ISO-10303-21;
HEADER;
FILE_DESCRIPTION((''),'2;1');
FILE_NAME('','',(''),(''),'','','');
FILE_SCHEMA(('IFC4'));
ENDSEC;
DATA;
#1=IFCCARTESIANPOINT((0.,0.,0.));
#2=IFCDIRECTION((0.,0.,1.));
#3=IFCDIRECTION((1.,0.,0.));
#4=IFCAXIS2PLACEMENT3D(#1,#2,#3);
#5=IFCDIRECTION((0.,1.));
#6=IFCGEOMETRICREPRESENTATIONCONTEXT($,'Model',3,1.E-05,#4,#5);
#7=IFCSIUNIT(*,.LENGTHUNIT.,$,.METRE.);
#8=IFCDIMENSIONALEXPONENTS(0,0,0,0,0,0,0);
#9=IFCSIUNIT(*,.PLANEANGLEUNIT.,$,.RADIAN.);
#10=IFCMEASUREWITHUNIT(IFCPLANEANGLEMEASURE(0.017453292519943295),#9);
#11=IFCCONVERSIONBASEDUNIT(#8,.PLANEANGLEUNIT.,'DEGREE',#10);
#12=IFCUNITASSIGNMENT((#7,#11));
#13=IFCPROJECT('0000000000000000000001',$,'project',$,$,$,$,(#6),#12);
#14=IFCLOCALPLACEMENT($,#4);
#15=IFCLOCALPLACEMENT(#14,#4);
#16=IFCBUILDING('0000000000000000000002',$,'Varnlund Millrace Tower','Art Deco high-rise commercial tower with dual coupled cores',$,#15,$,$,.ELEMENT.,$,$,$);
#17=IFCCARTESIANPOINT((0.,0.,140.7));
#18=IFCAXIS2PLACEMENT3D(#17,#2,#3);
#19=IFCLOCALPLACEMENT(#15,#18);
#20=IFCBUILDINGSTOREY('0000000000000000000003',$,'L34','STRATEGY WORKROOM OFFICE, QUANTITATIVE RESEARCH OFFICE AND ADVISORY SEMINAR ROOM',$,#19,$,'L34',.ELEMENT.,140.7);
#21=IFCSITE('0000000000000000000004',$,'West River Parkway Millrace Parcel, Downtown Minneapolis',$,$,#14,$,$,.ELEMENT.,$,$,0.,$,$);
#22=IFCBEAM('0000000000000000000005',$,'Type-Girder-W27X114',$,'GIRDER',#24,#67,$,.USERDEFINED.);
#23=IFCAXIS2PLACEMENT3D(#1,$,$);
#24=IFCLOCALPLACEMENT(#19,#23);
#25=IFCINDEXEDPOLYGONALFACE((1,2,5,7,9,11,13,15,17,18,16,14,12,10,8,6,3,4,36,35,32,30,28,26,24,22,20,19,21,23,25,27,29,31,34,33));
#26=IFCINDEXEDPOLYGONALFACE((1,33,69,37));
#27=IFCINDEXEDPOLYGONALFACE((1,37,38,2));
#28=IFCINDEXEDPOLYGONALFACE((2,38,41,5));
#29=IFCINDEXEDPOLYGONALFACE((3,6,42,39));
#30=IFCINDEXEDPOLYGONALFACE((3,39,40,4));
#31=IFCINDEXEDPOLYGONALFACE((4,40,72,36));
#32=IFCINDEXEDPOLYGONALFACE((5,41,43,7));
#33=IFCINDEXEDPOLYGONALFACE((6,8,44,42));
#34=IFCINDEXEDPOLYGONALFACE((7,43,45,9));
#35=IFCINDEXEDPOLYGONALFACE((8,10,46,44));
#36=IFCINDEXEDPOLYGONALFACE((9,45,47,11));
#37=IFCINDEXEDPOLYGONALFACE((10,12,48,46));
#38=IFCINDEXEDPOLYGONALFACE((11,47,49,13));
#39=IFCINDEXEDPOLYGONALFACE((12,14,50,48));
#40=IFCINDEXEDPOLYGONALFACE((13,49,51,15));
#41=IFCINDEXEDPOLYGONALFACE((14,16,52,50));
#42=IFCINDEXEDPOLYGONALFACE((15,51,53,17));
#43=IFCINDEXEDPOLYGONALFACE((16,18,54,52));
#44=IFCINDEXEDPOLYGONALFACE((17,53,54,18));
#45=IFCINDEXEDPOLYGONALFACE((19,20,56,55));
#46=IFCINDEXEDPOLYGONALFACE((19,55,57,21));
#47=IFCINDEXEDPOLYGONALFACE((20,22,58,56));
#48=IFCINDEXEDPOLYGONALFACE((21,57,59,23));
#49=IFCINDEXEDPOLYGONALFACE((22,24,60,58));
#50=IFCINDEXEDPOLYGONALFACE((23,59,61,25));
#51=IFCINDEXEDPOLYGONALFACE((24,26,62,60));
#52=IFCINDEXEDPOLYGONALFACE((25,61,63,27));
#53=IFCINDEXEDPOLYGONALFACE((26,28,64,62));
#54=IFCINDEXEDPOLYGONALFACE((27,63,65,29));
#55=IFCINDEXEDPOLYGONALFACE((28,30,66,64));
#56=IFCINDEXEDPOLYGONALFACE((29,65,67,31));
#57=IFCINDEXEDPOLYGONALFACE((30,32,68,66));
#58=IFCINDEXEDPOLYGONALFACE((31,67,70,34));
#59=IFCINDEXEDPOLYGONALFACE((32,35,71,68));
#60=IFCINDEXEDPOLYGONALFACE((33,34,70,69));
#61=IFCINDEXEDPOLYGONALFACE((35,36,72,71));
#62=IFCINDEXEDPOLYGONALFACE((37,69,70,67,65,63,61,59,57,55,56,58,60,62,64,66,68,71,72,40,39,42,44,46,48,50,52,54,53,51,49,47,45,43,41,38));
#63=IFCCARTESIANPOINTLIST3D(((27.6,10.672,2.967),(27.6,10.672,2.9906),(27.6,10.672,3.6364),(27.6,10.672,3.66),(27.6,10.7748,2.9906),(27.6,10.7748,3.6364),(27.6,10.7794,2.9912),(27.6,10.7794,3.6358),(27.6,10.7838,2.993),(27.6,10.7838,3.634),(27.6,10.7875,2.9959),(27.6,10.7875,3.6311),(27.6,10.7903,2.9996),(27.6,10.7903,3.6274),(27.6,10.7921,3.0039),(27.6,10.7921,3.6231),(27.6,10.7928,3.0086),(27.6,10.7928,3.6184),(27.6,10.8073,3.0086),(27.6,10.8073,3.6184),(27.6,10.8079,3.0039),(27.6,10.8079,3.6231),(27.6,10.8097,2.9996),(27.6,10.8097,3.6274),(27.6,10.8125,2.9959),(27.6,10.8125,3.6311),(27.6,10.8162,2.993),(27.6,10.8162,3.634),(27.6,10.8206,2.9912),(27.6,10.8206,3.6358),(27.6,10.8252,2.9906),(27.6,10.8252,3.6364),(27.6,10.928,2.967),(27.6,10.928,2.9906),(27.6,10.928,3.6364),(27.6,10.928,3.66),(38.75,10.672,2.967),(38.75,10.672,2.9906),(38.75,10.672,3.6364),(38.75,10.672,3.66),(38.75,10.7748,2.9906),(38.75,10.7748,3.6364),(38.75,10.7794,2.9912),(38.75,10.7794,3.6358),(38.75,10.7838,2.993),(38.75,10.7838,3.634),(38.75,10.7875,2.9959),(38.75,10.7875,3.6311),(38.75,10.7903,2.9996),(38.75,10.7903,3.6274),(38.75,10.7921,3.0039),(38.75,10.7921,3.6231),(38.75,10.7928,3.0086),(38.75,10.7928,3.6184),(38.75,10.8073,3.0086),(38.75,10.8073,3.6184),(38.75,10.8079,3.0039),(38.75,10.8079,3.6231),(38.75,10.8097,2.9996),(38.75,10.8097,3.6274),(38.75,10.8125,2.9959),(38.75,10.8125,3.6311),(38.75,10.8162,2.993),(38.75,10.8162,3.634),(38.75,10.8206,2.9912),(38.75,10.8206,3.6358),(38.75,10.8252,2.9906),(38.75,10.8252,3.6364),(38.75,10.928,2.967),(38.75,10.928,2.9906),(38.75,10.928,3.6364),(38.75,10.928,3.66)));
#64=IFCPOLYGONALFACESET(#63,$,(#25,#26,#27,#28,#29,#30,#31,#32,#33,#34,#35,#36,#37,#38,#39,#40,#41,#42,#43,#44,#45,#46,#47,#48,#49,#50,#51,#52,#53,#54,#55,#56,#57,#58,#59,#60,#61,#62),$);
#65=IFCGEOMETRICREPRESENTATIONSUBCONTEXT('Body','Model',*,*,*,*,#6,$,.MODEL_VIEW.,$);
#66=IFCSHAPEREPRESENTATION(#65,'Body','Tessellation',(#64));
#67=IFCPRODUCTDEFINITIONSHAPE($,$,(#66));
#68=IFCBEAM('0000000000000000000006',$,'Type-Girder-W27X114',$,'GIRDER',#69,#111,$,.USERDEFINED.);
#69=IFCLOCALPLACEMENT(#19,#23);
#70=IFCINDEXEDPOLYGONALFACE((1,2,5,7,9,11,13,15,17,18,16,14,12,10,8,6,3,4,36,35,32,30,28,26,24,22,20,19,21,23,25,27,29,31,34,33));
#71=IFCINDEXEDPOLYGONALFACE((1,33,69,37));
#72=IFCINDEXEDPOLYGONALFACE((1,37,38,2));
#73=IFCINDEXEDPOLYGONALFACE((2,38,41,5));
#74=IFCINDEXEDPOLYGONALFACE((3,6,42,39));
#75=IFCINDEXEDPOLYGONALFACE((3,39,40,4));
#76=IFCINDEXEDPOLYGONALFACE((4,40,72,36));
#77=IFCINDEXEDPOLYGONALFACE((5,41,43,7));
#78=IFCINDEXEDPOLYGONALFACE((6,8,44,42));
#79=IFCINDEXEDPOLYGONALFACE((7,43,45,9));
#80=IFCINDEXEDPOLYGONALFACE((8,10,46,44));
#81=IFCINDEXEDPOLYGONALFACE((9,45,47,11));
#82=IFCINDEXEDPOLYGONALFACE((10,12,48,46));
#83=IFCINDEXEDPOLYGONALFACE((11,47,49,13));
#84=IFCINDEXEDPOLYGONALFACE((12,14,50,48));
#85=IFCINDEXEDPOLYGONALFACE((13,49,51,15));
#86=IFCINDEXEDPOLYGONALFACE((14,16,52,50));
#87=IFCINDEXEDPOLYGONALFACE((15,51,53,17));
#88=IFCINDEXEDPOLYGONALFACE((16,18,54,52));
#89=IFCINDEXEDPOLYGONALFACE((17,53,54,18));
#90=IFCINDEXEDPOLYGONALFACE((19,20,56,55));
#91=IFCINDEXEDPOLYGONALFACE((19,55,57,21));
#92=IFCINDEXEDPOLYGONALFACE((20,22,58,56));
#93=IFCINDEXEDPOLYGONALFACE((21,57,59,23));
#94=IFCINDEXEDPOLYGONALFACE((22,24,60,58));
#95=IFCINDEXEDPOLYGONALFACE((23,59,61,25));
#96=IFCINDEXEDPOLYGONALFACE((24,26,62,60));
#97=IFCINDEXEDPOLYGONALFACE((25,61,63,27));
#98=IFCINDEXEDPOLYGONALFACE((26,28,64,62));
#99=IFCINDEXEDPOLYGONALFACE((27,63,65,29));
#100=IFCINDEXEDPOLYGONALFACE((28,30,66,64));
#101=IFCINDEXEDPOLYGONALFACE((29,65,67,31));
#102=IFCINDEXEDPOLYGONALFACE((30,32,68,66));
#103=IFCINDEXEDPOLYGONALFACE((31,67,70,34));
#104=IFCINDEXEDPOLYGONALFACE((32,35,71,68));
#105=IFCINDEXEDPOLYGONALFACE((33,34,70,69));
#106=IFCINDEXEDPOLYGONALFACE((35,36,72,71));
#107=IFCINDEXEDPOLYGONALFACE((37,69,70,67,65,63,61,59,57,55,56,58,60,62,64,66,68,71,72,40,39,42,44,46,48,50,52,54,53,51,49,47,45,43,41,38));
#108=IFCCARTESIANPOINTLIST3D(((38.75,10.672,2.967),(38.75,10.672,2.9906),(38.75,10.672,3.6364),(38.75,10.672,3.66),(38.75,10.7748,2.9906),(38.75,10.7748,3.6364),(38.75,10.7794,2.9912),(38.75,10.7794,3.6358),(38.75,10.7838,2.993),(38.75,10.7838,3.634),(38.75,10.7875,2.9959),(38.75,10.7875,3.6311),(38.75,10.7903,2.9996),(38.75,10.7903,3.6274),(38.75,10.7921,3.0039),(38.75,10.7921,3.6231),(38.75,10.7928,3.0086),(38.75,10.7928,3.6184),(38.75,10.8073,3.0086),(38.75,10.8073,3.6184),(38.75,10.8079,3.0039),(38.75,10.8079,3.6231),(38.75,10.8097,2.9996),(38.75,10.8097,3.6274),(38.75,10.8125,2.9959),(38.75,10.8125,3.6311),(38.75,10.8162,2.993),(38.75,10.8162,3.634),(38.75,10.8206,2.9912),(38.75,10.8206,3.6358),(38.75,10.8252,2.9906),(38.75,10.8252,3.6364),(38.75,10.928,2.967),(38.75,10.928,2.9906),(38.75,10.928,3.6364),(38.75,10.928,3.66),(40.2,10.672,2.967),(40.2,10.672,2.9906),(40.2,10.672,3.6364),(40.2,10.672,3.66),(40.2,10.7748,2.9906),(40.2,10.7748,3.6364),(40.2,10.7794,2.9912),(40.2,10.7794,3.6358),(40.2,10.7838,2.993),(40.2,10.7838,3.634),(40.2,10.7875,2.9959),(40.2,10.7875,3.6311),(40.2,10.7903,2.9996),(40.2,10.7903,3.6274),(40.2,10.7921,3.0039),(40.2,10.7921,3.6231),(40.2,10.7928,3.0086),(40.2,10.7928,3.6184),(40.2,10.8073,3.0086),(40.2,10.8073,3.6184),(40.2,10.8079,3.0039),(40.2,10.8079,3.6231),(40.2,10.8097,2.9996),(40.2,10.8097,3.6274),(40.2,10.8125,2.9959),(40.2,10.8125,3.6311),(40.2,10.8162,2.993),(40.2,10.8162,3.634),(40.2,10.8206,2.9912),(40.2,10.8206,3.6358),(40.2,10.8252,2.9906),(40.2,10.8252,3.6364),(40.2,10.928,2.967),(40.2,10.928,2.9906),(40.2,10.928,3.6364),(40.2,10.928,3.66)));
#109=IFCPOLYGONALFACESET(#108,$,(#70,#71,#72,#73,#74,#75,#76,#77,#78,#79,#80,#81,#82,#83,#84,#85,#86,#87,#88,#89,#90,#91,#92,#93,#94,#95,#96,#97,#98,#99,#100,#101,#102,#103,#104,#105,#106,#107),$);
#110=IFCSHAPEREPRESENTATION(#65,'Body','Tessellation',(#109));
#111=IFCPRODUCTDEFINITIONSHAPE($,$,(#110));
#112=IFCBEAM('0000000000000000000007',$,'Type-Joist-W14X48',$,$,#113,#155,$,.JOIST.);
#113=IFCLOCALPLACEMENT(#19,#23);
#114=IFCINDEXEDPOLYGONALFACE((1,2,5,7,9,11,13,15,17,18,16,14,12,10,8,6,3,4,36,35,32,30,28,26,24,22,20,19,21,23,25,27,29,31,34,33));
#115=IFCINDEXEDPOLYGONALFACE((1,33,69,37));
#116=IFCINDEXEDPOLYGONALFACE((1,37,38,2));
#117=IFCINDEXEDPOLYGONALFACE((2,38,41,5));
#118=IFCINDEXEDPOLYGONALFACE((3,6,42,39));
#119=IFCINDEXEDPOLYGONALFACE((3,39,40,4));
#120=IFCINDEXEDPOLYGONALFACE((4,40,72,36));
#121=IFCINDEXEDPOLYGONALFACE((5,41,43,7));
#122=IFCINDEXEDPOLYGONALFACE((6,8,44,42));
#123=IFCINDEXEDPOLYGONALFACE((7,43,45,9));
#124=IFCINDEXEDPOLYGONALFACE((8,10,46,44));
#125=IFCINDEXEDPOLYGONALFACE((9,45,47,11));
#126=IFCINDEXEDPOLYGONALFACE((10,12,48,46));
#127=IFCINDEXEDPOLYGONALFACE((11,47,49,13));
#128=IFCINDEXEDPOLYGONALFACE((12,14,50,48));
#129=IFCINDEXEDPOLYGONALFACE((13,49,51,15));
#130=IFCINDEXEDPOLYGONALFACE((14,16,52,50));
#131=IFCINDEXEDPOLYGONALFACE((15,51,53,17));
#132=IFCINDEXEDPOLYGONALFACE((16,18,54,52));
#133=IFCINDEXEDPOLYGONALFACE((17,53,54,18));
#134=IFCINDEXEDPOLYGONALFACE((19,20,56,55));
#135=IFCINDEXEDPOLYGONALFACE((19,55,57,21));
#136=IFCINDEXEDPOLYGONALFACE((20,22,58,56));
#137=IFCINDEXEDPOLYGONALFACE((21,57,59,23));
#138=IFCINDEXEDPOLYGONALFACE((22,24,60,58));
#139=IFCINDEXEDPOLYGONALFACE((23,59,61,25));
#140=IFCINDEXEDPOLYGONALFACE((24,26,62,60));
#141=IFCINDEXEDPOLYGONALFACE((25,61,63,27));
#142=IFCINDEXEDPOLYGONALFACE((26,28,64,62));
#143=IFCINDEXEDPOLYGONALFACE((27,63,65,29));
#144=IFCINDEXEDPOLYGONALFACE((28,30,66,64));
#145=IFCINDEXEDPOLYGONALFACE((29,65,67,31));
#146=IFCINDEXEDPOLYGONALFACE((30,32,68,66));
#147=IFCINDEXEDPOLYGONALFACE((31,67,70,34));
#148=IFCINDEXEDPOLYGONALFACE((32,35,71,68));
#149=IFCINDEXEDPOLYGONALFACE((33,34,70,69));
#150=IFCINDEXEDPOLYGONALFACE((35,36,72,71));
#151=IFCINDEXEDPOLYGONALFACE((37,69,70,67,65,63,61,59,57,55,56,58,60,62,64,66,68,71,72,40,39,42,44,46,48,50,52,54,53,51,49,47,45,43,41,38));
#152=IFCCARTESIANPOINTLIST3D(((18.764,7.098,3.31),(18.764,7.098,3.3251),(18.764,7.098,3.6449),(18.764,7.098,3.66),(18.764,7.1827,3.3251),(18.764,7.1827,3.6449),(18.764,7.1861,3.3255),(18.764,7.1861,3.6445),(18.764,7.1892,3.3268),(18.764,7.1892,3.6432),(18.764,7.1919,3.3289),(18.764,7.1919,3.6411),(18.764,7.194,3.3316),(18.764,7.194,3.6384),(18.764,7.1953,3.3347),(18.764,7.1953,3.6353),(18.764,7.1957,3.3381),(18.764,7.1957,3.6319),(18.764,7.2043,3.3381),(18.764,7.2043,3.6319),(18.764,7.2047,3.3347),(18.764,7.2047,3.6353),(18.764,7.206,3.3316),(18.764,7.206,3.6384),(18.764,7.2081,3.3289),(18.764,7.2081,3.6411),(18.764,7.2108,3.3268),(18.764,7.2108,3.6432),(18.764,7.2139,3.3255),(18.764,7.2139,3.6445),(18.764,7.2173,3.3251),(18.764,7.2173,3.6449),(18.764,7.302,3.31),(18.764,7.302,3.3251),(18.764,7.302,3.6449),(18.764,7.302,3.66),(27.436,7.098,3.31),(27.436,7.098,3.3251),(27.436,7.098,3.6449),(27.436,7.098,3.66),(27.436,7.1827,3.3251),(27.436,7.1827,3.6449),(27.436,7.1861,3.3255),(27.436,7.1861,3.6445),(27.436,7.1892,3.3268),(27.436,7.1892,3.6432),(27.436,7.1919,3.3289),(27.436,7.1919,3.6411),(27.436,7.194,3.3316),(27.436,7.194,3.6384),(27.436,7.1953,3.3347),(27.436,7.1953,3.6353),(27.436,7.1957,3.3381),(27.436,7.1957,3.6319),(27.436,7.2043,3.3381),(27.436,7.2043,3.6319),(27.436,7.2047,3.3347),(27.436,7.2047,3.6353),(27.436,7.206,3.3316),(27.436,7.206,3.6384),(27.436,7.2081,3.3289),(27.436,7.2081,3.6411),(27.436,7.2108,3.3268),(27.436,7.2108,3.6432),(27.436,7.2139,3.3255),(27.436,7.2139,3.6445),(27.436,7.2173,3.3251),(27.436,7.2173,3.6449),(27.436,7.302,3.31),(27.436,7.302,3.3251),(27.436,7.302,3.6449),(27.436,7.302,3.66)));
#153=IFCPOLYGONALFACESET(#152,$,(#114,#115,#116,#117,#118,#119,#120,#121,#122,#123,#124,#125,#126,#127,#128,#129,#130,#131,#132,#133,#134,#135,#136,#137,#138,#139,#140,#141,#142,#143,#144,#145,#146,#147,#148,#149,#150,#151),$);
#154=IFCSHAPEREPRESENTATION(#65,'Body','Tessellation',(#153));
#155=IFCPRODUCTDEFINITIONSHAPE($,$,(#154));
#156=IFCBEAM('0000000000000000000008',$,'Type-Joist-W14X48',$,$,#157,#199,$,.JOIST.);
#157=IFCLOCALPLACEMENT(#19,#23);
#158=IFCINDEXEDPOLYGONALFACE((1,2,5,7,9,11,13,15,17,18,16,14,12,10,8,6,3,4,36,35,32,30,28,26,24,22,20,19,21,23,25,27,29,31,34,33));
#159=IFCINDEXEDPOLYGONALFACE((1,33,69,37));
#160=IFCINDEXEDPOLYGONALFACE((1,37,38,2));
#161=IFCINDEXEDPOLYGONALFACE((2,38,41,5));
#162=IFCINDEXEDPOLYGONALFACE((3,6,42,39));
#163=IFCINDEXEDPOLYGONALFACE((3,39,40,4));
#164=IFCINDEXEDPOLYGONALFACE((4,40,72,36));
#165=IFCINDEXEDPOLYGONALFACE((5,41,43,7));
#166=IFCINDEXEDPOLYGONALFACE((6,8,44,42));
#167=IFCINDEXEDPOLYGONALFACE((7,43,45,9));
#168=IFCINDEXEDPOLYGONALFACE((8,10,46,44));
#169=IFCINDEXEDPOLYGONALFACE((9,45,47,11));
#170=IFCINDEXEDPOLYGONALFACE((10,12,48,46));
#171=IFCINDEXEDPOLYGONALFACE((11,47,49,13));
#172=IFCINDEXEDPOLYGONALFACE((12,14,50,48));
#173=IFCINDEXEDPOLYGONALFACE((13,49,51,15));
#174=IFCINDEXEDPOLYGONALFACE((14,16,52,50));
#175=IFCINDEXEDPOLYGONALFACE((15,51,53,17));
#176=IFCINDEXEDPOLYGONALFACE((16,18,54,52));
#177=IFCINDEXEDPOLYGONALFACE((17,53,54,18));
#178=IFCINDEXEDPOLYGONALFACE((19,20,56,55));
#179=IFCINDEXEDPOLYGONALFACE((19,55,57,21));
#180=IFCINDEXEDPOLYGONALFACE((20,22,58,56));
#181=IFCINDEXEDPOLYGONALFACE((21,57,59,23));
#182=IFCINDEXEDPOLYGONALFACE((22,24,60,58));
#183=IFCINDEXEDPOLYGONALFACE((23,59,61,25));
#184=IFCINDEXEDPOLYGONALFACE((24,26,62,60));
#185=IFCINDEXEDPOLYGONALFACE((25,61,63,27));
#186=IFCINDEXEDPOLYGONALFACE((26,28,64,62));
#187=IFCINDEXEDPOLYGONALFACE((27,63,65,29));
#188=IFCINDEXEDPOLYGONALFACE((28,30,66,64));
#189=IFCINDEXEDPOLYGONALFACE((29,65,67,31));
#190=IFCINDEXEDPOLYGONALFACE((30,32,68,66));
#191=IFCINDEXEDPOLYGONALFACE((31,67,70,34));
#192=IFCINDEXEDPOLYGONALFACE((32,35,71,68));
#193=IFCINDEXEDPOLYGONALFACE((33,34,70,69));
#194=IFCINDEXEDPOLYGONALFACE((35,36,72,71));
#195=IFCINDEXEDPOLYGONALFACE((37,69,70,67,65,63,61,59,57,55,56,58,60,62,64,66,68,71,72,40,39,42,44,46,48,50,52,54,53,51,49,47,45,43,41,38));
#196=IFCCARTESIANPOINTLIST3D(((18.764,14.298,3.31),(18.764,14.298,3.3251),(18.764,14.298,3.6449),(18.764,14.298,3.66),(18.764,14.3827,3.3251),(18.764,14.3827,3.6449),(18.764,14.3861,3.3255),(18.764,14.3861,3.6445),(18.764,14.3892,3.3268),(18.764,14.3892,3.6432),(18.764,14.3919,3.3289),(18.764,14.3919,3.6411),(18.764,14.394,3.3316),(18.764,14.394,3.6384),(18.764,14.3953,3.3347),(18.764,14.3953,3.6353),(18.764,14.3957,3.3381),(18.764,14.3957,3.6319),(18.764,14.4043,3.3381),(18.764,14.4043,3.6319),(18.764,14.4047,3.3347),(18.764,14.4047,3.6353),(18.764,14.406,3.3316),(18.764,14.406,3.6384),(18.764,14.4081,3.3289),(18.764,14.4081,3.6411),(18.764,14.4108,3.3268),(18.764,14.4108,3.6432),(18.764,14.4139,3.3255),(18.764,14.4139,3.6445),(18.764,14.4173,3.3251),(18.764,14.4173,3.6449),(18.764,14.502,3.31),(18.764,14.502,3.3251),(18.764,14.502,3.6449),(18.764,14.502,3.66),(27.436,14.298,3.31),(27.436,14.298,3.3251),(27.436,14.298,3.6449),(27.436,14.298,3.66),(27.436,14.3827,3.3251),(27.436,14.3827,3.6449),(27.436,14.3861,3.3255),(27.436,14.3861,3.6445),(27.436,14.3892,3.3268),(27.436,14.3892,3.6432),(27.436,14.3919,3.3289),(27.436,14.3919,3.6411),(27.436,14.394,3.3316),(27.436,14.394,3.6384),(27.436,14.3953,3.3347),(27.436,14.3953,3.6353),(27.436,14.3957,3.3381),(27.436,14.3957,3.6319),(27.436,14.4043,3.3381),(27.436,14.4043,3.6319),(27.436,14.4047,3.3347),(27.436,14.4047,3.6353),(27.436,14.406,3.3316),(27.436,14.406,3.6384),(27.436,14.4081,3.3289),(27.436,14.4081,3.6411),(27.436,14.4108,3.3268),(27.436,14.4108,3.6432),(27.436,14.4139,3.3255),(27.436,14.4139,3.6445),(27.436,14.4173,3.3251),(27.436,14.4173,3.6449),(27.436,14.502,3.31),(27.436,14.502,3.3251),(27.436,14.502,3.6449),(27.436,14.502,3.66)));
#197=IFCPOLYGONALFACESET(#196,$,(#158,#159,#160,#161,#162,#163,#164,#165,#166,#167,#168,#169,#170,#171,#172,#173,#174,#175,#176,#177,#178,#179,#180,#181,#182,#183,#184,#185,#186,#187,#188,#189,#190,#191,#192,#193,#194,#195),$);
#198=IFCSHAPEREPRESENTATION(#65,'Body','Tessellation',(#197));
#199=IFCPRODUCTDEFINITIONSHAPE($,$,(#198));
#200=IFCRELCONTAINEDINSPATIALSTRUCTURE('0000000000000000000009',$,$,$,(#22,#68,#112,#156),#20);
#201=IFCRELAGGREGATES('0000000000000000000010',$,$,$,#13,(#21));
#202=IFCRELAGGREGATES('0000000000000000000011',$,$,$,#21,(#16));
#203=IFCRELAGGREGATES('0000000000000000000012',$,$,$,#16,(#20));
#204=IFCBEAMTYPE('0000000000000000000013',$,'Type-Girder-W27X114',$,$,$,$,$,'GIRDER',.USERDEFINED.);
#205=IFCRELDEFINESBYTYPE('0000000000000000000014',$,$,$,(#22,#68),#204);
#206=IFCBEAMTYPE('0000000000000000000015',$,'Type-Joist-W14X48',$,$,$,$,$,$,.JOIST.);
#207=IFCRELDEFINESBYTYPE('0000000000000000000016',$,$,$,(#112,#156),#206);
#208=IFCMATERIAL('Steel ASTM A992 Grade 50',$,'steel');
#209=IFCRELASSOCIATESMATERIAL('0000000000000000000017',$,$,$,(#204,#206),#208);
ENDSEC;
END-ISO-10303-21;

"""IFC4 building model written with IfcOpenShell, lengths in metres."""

from ifc_helpers import new_model, entity, si_unit, converted_unit, direction, frame, origin_with_axes, origin_2d_with_axis, place, context, subcontext, project, spatial, i_section, extrude, material, material_profile, profile_set, type_object, element, save


model = new_model("IFC4")

# Units and contexts
model_context = context("Model", 3, precision=1e-05, world=origin_with_axes(), true_north=direction((0.0, 1.0)))
body_context = subcontext(model_context, "Body", "Model", "MODEL_VIEW")
ifc_project = project(units=[si_unit("LENGTHUNIT", "METRE"), converted_unit("PLANEANGLEUNIT", "DEGREE", entity("IfcPlaneAngleMeasure", 0.017453292519943295), si_unit("PLANEANGLEUNIT", "RADIAN"), dimensions=[0, 0, 0, 0, 0, 0, 0])], contexts=[model_context])

# Site, building, storey
site_placement = place(None, origin_with_axes())
site = spatial("IfcSite", under=ifc_project, at=site_placement, Name="West River Parkway Millrace Parcel, Downtown Minneapolis", CompositionType="ELEMENT", RefElevation=0.0)
building_placement = place(site_placement, origin_with_axes())
building = spatial("IfcBuilding", under=site, at=building_placement, Name="Varnlund Millrace Tower", Description="Art Deco high-rise commercial tower with dual coupled cores", CompositionType="ELEMENT")
storey_placement = place(building_placement, frame((0.0, 0.0, 140.7), z_axis=(0.0, 0.0, 1.0), x_axis=(1.0, 0.0, 0.0)))
storey = spatial("IfcBuildingStorey", under=building, at=storey_placement, Name="L34", Description="STRATEGY WORKROOM OFFICE, QUANTITATIVE RESEARCH OFFICE AND ADVISORY SEMINAR ROOM", LongName="L34", CompositionType="ELEMENT", Elevation=140.7)

# Beams
ifc_material_1 = material(Name="Steel ASTM A992 Grade 50", Category="steel")
ifc_material_profile_1 = material_profile(ifc_material_1, i_section(OverallWidth=0.256, OverallDepth=0.693, WebThickness=0.0145, FlangeThickness=0.0236, FilletRadius=0.018, at=origin_2d_with_axis()), Name="Steel ASTM A992 Grade 50")
ifc_profile_set_1 = profile_set([ifc_material_profile_1], Name="Steel ASTM A992 Grade 50")
beam_type_1 = type_object("IfcBeamType", Name="Type-Girder-W27X114", ElementType="GIRDER", PredefinedType="USERDEFINED", material=ifc_profile_set_1)
beam_1_placement = place(storey_placement, frame((27.6, 10.8, 3.3135), z_axis=(1.0, 0.0, 0.0), x_axis=(0.0, 1.0, 0.0)))
element("IfcBeam", 1, at=beam_1_placement, inside=storey, type_object=beam_type_1, Name="Type-Girder-W27X114", ObjectType="GIRDER", PredefinedType="USERDEFINED", context=body_context, shape_type="SweptSolid", body=[
    extrude(i_section(OverallWidth=0.256, OverallDepth=0.693, WebThickness=0.0145, FlangeThickness=0.0236, FilletRadius=0.018, at=origin_2d_with_axis()), origin_with_axes(), (0.0, 0.0, 1.0), 11.15),
])
beam_2_placement = place(storey_placement, frame((38.75, 10.8, 3.3135), z_axis=(1.0, 0.0, 0.0), x_axis=(0.0, 1.0, 0.0)))
element("IfcBeam", 2, at=beam_2_placement, inside=storey, type_object=beam_type_1, Name="Type-Girder-W27X114", ObjectType="GIRDER", PredefinedType="USERDEFINED", context=body_context, shape_type="SweptSolid", body=[
    extrude(i_section(OverallWidth=0.256, OverallDepth=0.693, WebThickness=0.0145, FlangeThickness=0.0236, FilletRadius=0.018, at=origin_2d_with_axis()), origin_with_axes(), (0.0, 0.0, 1.0), 1.45),
])
ifc_material_profile_2 = material_profile(ifc_material_1, i_section(OverallWidth=0.204, OverallDepth=0.35, WebThickness=0.0086, FlangeThickness=0.0151, FilletRadius=0.013, at=origin_2d_with_axis()), Name="Steel ASTM A992 Grade 50")
ifc_profile_set_2 = profile_set([ifc_material_profile_2], Name="Steel ASTM A992 Grade 50")
beam_type_2 = type_object("IfcBeamType", Name="Type-Joist-W14X48", PredefinedType="JOIST", material=ifc_profile_set_2)
for number, where, z_axis, x_axis, name in (
    (3, (18.764, 7.2, 3.485), (1.0, 0.0, 0.0), (0.0, 1.0, 0.0), "Type-Joist-W14X48"),
    (4, (18.764, 14.4, 3.485), (1.0, 0.0, 0.0), (0.0, 1.0, 0.0), "Type-Joist-W14X48"),
):
    element("IfcBeam", number, at=place(storey_placement, frame(where, z_axis=z_axis, x_axis=x_axis)), inside=storey, type_object=beam_type_2, Name=name, PredefinedType="JOIST", context=body_context, shape_type="SweptSolid", body=[
        extrude(i_section(OverallWidth=0.204, OverallDepth=0.35, WebThickness=0.0086, FlangeThickness=0.0151, FilletRadius=0.013, at=origin_2d_with_axis()), origin_with_axes(), (0.0, 0.0, 1.0), 8.672),
    ])

save(model, "model.ifc")
